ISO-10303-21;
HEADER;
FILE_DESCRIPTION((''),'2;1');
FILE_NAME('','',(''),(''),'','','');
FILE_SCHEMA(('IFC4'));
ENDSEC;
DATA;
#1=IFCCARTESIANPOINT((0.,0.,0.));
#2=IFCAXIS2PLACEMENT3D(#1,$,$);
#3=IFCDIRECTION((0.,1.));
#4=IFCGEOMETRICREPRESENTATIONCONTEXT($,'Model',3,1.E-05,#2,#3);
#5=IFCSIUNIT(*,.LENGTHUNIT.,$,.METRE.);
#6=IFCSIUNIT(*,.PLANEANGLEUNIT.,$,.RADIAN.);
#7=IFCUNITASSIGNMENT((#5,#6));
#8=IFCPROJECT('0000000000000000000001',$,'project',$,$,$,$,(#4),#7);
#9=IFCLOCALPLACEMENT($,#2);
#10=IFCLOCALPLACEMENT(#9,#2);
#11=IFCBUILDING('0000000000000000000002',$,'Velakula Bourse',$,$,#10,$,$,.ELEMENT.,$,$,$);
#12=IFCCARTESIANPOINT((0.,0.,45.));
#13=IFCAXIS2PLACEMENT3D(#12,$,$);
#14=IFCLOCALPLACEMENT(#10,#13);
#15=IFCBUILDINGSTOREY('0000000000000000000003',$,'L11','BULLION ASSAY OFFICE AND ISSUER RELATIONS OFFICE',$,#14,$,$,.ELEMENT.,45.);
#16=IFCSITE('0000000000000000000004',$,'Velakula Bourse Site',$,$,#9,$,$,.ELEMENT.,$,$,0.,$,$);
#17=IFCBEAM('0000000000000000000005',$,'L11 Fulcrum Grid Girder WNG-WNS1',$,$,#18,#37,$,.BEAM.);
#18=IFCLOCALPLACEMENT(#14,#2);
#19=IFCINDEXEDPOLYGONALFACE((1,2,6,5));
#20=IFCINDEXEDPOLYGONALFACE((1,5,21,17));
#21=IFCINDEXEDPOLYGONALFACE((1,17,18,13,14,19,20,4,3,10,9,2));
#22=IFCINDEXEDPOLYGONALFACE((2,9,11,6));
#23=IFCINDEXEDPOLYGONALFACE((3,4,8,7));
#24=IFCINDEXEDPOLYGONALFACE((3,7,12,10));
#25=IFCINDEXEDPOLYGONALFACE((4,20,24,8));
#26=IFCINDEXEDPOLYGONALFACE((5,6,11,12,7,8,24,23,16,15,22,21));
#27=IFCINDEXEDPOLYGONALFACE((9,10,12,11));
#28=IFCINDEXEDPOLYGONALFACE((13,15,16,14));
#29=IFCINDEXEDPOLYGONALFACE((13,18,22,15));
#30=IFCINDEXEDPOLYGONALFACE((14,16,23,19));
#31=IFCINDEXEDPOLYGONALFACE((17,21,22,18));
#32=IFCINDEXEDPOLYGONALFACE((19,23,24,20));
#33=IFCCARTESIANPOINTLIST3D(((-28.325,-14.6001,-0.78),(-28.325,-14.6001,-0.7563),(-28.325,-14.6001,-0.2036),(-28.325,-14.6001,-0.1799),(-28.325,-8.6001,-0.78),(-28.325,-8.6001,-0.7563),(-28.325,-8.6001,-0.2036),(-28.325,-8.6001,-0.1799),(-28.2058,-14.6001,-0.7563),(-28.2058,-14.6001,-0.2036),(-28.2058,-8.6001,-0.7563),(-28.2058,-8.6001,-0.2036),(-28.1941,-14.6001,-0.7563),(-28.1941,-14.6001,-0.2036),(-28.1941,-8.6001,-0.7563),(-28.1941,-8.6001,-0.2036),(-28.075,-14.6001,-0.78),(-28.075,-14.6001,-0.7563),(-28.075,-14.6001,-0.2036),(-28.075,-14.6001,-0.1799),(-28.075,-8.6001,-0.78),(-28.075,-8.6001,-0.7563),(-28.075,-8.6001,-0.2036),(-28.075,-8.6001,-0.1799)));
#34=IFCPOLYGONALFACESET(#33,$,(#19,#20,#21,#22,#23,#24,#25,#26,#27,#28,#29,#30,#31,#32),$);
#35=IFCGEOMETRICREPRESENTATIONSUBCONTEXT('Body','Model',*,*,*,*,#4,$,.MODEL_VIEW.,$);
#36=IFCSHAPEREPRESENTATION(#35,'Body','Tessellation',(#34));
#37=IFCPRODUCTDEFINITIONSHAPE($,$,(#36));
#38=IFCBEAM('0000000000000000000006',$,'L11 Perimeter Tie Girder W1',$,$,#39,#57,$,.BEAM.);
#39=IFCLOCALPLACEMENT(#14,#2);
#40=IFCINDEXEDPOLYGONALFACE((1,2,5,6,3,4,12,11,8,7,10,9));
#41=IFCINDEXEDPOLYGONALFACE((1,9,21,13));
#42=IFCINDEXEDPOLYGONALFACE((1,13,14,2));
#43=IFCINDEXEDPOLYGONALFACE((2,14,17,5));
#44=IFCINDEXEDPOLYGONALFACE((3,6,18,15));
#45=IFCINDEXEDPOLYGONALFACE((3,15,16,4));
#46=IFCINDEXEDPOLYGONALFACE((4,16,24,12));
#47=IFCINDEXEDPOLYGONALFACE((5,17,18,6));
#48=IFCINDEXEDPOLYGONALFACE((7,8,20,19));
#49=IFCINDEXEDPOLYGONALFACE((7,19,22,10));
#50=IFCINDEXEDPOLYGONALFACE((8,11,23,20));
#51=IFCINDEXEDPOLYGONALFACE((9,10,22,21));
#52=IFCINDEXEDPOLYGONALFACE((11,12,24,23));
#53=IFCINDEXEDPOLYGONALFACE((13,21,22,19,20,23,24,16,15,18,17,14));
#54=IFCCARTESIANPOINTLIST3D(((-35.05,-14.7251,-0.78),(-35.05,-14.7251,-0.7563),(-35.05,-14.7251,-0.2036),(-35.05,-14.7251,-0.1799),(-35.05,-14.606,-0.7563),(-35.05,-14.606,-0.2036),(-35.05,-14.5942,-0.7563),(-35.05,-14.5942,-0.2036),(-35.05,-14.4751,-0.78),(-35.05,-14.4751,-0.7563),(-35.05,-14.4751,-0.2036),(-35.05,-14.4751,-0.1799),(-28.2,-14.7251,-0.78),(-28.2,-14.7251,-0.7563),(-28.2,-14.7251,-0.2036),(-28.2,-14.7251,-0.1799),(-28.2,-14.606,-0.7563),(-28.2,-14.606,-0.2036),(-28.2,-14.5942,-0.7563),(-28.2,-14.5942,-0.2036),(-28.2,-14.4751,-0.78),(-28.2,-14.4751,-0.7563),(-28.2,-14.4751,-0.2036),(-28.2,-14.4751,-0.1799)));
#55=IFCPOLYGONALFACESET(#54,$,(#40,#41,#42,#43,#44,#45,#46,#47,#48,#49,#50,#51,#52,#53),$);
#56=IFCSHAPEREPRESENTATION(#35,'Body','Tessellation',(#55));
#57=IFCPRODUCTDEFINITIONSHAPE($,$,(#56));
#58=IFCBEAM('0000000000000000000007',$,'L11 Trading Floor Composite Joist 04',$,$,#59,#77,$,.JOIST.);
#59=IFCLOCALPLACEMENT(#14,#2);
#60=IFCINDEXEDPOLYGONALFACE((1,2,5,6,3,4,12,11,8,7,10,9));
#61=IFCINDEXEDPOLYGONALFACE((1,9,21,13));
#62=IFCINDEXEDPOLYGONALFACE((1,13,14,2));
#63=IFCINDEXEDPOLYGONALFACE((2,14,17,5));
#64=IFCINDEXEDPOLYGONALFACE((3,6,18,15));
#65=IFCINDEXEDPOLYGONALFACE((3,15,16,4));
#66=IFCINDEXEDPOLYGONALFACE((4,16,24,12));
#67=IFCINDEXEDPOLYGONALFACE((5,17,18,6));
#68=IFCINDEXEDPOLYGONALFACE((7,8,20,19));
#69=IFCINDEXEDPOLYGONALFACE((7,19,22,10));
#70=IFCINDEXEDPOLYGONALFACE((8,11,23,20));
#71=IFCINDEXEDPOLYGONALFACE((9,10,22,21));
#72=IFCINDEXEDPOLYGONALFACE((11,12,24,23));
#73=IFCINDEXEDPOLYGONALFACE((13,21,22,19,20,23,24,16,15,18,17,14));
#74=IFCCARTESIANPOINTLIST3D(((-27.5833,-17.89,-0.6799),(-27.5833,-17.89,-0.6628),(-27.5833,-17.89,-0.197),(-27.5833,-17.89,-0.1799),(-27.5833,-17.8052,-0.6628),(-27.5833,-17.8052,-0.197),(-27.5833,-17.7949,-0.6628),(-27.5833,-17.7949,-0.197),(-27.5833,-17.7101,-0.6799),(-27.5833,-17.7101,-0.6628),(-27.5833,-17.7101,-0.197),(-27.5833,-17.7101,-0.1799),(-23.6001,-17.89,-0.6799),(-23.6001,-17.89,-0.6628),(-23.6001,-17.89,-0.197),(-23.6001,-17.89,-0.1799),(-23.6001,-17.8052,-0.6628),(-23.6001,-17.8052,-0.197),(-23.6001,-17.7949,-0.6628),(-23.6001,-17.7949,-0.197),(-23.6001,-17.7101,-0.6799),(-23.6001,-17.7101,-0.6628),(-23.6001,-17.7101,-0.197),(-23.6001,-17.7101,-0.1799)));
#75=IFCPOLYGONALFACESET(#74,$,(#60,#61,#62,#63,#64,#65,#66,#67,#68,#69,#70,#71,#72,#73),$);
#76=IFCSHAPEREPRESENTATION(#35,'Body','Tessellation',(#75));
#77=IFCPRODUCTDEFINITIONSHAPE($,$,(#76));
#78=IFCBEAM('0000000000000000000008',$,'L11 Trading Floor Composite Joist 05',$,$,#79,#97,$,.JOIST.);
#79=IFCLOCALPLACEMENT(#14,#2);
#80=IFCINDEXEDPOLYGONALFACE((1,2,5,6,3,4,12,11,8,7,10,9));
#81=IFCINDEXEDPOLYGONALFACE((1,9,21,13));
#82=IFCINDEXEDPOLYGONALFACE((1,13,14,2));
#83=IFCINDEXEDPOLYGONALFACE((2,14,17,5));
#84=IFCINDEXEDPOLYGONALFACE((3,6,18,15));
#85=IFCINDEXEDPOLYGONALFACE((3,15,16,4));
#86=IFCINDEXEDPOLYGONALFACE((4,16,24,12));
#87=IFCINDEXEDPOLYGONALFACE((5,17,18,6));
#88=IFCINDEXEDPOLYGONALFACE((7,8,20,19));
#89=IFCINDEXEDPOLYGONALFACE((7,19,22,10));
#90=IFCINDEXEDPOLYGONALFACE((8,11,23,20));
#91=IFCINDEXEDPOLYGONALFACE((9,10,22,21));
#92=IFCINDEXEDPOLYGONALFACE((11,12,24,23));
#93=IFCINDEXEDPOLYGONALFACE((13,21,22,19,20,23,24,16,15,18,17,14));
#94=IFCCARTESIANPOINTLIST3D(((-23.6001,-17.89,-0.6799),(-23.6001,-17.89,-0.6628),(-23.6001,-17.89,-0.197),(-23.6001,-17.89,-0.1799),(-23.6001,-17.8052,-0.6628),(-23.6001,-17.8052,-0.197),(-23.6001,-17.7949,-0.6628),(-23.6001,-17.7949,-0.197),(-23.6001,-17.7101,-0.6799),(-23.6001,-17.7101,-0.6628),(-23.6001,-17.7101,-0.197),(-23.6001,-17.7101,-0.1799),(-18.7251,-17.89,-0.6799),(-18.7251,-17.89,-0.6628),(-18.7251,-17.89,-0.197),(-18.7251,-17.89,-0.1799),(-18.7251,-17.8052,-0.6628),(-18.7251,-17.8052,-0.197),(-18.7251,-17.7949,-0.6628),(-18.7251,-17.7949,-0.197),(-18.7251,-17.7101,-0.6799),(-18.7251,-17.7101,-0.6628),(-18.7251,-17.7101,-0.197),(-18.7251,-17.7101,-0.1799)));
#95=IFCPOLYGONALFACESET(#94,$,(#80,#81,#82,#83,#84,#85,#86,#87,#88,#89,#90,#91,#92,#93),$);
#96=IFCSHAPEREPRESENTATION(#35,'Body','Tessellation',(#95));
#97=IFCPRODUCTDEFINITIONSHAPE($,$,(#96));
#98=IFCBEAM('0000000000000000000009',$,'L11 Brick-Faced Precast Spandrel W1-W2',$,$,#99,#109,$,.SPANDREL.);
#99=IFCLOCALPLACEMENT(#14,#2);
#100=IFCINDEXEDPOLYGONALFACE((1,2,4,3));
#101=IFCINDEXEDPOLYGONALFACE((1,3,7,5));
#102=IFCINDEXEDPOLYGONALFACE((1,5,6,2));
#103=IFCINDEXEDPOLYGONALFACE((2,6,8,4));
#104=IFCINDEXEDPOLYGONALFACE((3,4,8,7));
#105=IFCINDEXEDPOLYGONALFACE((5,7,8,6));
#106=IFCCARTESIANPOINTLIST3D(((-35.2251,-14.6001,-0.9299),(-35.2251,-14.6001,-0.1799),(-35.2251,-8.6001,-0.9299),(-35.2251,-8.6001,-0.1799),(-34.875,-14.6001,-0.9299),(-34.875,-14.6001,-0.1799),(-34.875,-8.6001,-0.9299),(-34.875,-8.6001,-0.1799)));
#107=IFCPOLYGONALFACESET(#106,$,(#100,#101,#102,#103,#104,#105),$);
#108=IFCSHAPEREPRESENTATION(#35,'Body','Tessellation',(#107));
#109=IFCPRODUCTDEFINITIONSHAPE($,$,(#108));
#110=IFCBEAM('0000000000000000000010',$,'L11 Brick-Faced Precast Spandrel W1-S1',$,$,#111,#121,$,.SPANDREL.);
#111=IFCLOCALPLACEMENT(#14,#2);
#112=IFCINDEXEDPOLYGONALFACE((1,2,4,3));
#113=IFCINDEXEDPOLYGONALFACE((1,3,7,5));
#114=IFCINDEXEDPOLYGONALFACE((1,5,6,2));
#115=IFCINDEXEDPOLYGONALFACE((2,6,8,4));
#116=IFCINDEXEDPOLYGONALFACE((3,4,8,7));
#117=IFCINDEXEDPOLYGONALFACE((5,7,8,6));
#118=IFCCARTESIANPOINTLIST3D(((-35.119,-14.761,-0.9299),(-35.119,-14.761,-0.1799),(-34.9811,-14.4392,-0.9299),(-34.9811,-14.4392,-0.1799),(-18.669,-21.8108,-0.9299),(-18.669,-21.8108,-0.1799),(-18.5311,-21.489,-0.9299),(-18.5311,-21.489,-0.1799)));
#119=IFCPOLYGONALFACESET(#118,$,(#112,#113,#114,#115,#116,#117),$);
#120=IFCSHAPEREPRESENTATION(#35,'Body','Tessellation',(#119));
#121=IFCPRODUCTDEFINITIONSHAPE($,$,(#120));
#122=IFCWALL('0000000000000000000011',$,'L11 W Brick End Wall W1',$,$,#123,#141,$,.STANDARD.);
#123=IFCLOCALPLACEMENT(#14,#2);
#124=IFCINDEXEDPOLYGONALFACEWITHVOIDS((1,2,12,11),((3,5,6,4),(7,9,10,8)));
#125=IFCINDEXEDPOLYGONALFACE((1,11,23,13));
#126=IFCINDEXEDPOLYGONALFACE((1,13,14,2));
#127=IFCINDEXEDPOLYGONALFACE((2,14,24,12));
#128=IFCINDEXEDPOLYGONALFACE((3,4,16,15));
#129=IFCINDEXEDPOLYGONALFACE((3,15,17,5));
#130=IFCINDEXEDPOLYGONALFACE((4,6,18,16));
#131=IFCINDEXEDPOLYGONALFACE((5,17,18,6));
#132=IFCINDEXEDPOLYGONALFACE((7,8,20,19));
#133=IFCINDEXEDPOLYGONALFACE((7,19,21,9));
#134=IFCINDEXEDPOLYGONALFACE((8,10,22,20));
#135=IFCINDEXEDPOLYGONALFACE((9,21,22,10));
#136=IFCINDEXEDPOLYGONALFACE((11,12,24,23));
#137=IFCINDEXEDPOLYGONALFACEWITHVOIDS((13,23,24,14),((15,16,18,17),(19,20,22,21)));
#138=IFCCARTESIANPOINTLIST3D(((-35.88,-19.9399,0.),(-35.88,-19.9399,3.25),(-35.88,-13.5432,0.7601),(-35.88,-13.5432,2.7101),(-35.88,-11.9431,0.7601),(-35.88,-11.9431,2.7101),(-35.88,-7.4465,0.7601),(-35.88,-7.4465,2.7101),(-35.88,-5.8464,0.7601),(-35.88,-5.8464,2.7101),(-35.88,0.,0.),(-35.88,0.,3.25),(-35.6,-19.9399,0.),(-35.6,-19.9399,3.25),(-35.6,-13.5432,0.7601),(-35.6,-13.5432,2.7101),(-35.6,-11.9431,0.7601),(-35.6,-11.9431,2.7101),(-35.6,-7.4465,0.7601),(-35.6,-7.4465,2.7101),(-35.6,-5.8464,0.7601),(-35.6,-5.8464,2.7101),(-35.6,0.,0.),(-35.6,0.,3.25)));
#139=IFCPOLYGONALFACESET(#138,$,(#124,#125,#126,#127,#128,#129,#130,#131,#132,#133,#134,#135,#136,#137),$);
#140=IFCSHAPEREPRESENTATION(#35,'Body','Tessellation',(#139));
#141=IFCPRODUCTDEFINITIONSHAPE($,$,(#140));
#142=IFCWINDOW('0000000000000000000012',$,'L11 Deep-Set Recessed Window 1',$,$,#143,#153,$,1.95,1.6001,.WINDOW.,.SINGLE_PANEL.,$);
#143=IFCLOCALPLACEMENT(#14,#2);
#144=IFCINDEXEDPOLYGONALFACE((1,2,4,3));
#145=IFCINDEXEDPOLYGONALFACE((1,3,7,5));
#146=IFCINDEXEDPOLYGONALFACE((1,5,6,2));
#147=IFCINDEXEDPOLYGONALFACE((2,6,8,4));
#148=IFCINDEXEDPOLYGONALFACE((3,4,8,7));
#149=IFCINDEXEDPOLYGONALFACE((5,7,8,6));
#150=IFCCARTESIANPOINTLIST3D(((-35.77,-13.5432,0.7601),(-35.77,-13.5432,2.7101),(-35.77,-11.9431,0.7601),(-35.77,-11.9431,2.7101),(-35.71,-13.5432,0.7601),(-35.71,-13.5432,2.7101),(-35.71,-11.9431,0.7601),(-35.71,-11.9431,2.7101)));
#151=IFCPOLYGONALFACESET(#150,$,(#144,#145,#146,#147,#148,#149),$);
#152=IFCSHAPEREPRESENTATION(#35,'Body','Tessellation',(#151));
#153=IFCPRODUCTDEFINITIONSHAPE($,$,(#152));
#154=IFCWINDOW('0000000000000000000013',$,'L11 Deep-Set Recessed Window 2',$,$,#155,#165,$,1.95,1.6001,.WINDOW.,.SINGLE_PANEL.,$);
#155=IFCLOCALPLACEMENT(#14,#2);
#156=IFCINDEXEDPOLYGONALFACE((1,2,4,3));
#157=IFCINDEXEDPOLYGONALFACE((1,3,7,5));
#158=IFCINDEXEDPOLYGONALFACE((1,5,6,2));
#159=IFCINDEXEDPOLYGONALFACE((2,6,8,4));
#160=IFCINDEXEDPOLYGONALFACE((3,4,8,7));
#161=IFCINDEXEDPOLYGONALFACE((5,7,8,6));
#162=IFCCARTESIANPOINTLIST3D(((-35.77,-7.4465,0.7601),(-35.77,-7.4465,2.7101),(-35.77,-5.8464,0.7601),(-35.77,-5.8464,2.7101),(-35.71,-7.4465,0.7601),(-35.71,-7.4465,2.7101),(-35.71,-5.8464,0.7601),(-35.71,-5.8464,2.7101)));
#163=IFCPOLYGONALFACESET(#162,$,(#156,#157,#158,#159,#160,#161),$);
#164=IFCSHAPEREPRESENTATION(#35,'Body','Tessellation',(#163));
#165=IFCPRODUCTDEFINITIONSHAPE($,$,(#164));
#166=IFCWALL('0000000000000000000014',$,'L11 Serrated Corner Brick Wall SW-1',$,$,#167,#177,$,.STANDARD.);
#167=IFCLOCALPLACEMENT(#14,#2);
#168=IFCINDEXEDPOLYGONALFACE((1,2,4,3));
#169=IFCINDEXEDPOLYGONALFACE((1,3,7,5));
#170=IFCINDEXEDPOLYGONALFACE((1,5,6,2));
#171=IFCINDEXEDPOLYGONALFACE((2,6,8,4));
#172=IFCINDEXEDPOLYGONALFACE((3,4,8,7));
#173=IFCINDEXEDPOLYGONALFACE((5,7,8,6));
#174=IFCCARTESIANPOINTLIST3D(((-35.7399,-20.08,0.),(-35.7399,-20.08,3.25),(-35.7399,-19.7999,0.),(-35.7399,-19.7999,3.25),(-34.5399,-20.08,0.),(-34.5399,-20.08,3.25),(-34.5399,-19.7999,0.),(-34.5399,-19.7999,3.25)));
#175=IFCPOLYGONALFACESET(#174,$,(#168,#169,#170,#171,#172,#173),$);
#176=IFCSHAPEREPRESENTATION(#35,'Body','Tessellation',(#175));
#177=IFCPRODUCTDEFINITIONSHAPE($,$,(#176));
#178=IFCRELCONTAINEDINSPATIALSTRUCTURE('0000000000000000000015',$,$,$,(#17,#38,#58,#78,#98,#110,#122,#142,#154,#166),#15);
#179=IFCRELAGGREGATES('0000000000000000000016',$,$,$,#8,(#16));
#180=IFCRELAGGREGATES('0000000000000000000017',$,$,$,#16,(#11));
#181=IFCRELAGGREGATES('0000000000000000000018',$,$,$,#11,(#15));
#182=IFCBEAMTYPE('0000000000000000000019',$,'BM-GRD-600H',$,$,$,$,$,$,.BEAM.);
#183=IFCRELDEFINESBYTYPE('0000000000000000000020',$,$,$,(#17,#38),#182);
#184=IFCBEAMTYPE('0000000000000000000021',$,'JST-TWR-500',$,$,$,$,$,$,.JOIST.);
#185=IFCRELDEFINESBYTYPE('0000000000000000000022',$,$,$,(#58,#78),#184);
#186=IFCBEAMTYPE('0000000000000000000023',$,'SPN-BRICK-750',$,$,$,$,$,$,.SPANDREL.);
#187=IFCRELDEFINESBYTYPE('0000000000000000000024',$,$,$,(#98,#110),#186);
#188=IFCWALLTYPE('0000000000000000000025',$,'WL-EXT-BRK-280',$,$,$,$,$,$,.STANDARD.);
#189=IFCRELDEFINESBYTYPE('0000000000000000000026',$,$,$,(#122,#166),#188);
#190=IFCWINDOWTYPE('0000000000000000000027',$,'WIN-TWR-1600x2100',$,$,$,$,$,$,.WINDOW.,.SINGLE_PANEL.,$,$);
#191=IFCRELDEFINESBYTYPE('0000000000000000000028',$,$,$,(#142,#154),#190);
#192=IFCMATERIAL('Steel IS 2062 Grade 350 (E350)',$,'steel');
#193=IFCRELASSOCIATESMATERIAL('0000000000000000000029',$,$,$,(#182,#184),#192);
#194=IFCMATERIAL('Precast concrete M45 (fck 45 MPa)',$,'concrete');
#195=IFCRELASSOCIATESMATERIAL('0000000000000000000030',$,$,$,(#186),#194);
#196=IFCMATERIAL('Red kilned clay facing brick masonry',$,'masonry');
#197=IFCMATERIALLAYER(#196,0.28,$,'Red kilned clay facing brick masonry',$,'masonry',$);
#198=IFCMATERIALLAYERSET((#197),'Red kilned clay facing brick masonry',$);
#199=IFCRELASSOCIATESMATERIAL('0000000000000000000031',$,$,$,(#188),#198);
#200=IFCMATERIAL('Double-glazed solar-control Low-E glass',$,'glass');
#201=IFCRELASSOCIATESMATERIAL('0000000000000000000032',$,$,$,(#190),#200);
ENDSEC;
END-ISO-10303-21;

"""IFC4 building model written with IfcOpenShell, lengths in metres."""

from ifc_helpers import new_model, si_unit, direction, frame, frame_2d, origin, origin_2d, place, context, subcontext, project, spatial, rectangle, i_section, extrude, material, layer, layer_set, material_profile, profile_set, type_object, element, fill, save


model = new_model("IFC4")

# Units and contexts
model_context = context("Model", 3, precision=1e-05, world=origin(), true_north=direction((0.0, 1.0)))
body_context = subcontext(model_context, "Body", "Model", "MODEL_VIEW")
ifc_project = project(units=[si_unit("LENGTHUNIT", "METRE"), si_unit("PLANEANGLEUNIT", "RADIAN")], contexts=[model_context])

# Site, building, storey
site_placement = place(None, origin())
site = spatial("IfcSite", under=ifc_project, at=site_placement, Name="Velakula Bourse Site", CompositionType="ELEMENT", RefElevation=0.0)
building_placement = place(site_placement, origin())
building = spatial("IfcBuilding", under=site, at=building_placement, Name="Velakula Bourse", CompositionType="ELEMENT")
storey_placement = place(building_placement, frame((0.0, 0.0, 45.0)))
storey = spatial("IfcBuildingStorey", under=building, at=storey_placement, Name="L11", Description="BULLION ASSAY OFFICE AND ISSUER RELATIONS OFFICE", CompositionType="ELEMENT", Elevation=45.0)

# Shared definitions
ifc_material_1 = material(Name="Precast concrete M45 (fck 45 MPa)", Category="concrete")

# Beams
ifc_material_2 = material(Name="Steel IS 2062 Grade 350 (E350)", Category="steel")
ifc_material_profile_1 = material_profile(ifc_material_2, i_section(OverallWidth=0.25, OverallDepth=0.6001, WebThickness=0.0117, FlangeThickness=0.0237, at=origin_2d()), Name="Steel IS 2062 Grade 350 (E350)")
ifc_profile_set_1 = profile_set([ifc_material_profile_1], Name="Steel IS 2062 Grade 350 (E350)")
beam_type_1 = type_object("IfcBeamType", Name="BM-GRD-600H", PredefinedType="BEAM", material=ifc_profile_set_1)
beam_1_placement = place(storey_placement, frame((-28.2, -14.6001, -0.48), z_axis=(0.0, 1.0, 0.0), x_axis=(-1.0, 0.0, 0.0)))
element("IfcBeam", 1, at=beam_1_placement, inside=storey, type_object=beam_type_1, Name="L11 Fulcrum Grid Girder WNG-WNS1", PredefinedType="BEAM", context=body_context, shape_type="SweptSolid", body=[
    extrude(i_section(OverallWidth=0.25, OverallDepth=0.6001, WebThickness=0.0117, FlangeThickness=0.0237, at=origin_2d()), origin(), (0.0, 0.0, 1.0), 6.0),
])
beam_2_placement = place(storey_placement, frame((-28.2, -14.6001, -0.48), z_axis=(-1.0, 0.0, 0.0), x_axis=(0.0, -1.0, 0.0)))
element("IfcBeam", 2, at=beam_2_placement, inside=storey, type_object=beam_type_1, Name="L11 Perimeter Tie Girder W1", PredefinedType="BEAM", context=body_context, shape_type="SweptSolid", body=[
    extrude(i_section(OverallWidth=0.25, OverallDepth=0.6001, WebThickness=0.0117, FlangeThickness=0.0237, at=origin_2d()), origin(), (0.0, 0.0, 1.0), 6.8501),
])
ifc_material_profile_2 = material_profile(ifc_material_2, i_section(OverallWidth=0.1799, OverallDepth=0.5, WebThickness=0.0103, FlangeThickness=0.0171, at=origin_2d()), Name="Steel IS 2062 Grade 350 (E350)")
ifc_profile_set_2 = profile_set([ifc_material_profile_2], Name="Steel IS 2062 Grade 350 (E350)")
beam_type_2 = type_object("IfcBeamType", Name="JST-TWR-500", PredefinedType="JOIST", material=ifc_profile_set_2)
beam_3_placement = place(storey_placement, frame((-27.5833, -17.8, -0.4299), z_axis=(1.0, 0.0, 0.0), x_axis=(0.0, 1.0, 0.0)))
element("IfcBeam", 3, at=beam_3_placement, inside=storey, type_object=beam_type_2, Name="L11 Trading Floor Composite Joist 04", PredefinedType="JOIST", context=body_context, shape_type="SweptSolid", body=[
    extrude(i_section(OverallWidth=0.1799, OverallDepth=0.5, WebThickness=0.0103, FlangeThickness=0.0171, at=origin_2d()), origin(), (0.0, 0.0, 1.0), 3.9832),
])
beam_4_placement = place(storey_placement, frame((-23.6001, -17.8, -0.4299), z_axis=(1.0, 0.0, 0.0), x_axis=(0.0, 1.0, 0.0)))
element("IfcBeam", 4, at=beam_4_placement, inside=storey, type_object=beam_type_2, Name="L11 Trading Floor Composite Joist 05", PredefinedType="JOIST", context=body_context, shape_type="SweptSolid", body=[
    extrude(i_section(OverallWidth=0.1799, OverallDepth=0.5, WebThickness=0.0103, FlangeThickness=0.0171, at=origin_2d()), origin(), (0.0, 0.0, 1.0), 4.875),
])
ifc_material_profile_3 = material_profile(ifc_material_1, rectangle(XDim=0.3501, YDim=0.75, at=origin_2d()), Name="Precast concrete M45 (fck 45 MPa)")
ifc_profile_set_3 = profile_set([ifc_material_profile_3], Name="Precast concrete M45 (fck 45 MPa)")
beam_type_3 = type_object("IfcBeamType", Name="SPN-BRICK-750", PredefinedType="SPANDREL", material=ifc_profile_set_3)
beam_5_placement = place(storey_placement, frame((-35.05, -14.6001, -0.5549), z_axis=(0.0, 1.0, 0.0), x_axis=(-1.0, 0.0, 0.0)))
element("IfcBeam", 5, at=beam_5_placement, inside=storey, type_object=beam_type_3, Name="L11 Brick-Faced Precast Spandrel W1-W2", PredefinedType="SPANDREL", context=body_context, shape_type="SweptSolid", body=[
    extrude(rectangle(XDim=0.3501, YDim=0.75, at=origin_2d()), origin(), (0.0, 0.0, 1.0), 6.0),
])
beam_6_placement = place(storey_placement, frame((-35.05, -14.6001, -0.5549), z_axis=(0.919149, -0.393911, 0.0), x_axis=(0.393911, 0.919149, 0.0)))
element("IfcBeam", 6, at=beam_6_placement, inside=storey, type_object=beam_type_3, Name="L11 Brick-Faced Precast Spandrel W1-S1", PredefinedType="SPANDREL", context=body_context, shape_type="SweptSolid", body=[
    extrude(rectangle(XDim=0.3501, YDim=0.75, at=origin_2d()), origin(), (0.0, 0.0, 1.0), 17.897),
])

# Wall, openings, windows
ifc_material_3 = material(Name="Red kilned clay facing brick masonry", Category="masonry")
ifc_layer_1 = layer(ifc_material_3, 0.28, Name="Red kilned clay facing brick masonry", Category="masonry")
ifc_layer_set_1 = layer_set([ifc_layer_1], Name="Red kilned clay facing brick masonry")
wall_type_1 = type_object("IfcWallType", Name="WL-EXT-BRK-280", PredefinedType="STANDARD", material=ifc_layer_set_1)
wall_1_placement = place(storey_placement, frame((-35.74, -19.9399, 0.0), z_axis=(0.0, 0.0, 1.0), x_axis=(0.0, 1.0, 0.0)))
wall_1 = element("IfcWall", 7, at=wall_1_placement, inside=storey, type_object=wall_type_1, Name="L11 W Brick End Wall W1", PredefinedType="STANDARD", context=body_context, shape_type="SweptSolid", body=[
    extrude(rectangle(XDim=19.9399, YDim=0.28, at=frame_2d((9.97, 0.0))), origin(), (0.0, 0.0, 1.0), 3.25),
])
opening_1_placement = place(wall_1_placement, frame((6.3967, 0.0, 0.76)))
opening_1 = element("IfcOpeningElement", 8, at=opening_1_placement, cuts=wall_1, PredefinedType="OPENING", context=body_context, shape_type="SweptSolid", body=[
    extrude(rectangle(XDim=1.6001, YDim=1.95, at=frame_2d((0.8, 0.9751))), frame((0.0, 0.1499, 0.0), z_axis=(0.0, -1.0, 0.0), x_axis=(1.0, 0.0, 0.0)), (0.0, 0.0, 1.0), 0.3),
])
opening_2_placement = place(wall_1_placement, frame((12.4934, 0.0, 0.76)))
opening_2 = element("IfcOpeningElement", 9, at=opening_2_placement, cuts=wall_1, PredefinedType="OPENING", context=body_context, shape_type="SweptSolid", body=[
    extrude(rectangle(XDim=1.6001, YDim=1.95, at=frame_2d((0.8, 0.9751))), frame((0.0, 0.1499, 0.0), z_axis=(0.0, -1.0, 0.0), x_axis=(1.0, 0.0, 0.0)), (0.0, 0.0, 1.0), 0.3),
])
ifc_material_4 = material(Name="Double-glazed solar-control Low-E glass", Category="glass")
window_type = type_object("IfcWindowType", Name="WIN-TWR-1600x2100", PartitioningType="SINGLE_PANEL", PredefinedType="WINDOW", material=ifc_material_4)
window_1_placement = place(opening_1_placement, origin())
window_1 = element("IfcWindow", 10, at=window_1_placement, inside=storey, type_object=window_type, Name="L11 Deep-Set Recessed Window 1", OverallHeight=1.95, OverallWidth=1.6001, PartitioningType="SINGLE_PANEL", PredefinedType="WINDOW", context=body_context, shape_type="SweptSolid", body=[
    extrude(rectangle(XDim=1.6001, YDim=1.95, at=frame_2d((0.8, 0.9751))), frame((0.0, 0.03, 0.0), z_axis=(0.0, -1.0, 0.0), x_axis=(1.0, 0.0, 0.0)), (0.0, 0.0, 1.0), 0.0601),
])
fill(opening_1, window_1)
window_2_placement = place(opening_2_placement, origin())
window_2 = element("IfcWindow", 11, at=window_2_placement, inside=storey, type_object=window_type, Name="L11 Deep-Set Recessed Window 2", OverallHeight=1.95, OverallWidth=1.6001, PartitioningType="SINGLE_PANEL", PredefinedType="WINDOW", context=body_context, shape_type="SweptSolid", body=[
    extrude(rectangle(XDim=1.6001, YDim=1.95, at=frame_2d((0.8, 0.9751))), frame((0.0, 0.03, 0.0), z_axis=(0.0, -1.0, 0.0), x_axis=(1.0, 0.0, 0.0)), (0.0, 0.0, 1.0), 0.0601),
])
fill(opening_2, window_2)

# Wall
for number, where, z_axis, x_axis, name in (
    (12, (-35.74, -19.9399, 0.0), (0.0, 0.0, 1.0), (1.0, 0.0, 0.0), "L11 Serrated Corner Brick Wall SW-1"),
):
    element("IfcWall", number, at=place(storey_placement, frame(where, z_axis=z_axis, x_axis=x_axis)), inside=storey, type_object=wall_type_1, Name=name, PredefinedType="STANDARD", context=body_context, shape_type="SweptSolid", body=[
        extrude(rectangle(XDim=1.2, YDim=0.28, at=frame_2d((0.6001, 0.0))), origin(), (0.0, 0.0, 1.0), 3.25),
    ])

save(model, "model.ifc")
